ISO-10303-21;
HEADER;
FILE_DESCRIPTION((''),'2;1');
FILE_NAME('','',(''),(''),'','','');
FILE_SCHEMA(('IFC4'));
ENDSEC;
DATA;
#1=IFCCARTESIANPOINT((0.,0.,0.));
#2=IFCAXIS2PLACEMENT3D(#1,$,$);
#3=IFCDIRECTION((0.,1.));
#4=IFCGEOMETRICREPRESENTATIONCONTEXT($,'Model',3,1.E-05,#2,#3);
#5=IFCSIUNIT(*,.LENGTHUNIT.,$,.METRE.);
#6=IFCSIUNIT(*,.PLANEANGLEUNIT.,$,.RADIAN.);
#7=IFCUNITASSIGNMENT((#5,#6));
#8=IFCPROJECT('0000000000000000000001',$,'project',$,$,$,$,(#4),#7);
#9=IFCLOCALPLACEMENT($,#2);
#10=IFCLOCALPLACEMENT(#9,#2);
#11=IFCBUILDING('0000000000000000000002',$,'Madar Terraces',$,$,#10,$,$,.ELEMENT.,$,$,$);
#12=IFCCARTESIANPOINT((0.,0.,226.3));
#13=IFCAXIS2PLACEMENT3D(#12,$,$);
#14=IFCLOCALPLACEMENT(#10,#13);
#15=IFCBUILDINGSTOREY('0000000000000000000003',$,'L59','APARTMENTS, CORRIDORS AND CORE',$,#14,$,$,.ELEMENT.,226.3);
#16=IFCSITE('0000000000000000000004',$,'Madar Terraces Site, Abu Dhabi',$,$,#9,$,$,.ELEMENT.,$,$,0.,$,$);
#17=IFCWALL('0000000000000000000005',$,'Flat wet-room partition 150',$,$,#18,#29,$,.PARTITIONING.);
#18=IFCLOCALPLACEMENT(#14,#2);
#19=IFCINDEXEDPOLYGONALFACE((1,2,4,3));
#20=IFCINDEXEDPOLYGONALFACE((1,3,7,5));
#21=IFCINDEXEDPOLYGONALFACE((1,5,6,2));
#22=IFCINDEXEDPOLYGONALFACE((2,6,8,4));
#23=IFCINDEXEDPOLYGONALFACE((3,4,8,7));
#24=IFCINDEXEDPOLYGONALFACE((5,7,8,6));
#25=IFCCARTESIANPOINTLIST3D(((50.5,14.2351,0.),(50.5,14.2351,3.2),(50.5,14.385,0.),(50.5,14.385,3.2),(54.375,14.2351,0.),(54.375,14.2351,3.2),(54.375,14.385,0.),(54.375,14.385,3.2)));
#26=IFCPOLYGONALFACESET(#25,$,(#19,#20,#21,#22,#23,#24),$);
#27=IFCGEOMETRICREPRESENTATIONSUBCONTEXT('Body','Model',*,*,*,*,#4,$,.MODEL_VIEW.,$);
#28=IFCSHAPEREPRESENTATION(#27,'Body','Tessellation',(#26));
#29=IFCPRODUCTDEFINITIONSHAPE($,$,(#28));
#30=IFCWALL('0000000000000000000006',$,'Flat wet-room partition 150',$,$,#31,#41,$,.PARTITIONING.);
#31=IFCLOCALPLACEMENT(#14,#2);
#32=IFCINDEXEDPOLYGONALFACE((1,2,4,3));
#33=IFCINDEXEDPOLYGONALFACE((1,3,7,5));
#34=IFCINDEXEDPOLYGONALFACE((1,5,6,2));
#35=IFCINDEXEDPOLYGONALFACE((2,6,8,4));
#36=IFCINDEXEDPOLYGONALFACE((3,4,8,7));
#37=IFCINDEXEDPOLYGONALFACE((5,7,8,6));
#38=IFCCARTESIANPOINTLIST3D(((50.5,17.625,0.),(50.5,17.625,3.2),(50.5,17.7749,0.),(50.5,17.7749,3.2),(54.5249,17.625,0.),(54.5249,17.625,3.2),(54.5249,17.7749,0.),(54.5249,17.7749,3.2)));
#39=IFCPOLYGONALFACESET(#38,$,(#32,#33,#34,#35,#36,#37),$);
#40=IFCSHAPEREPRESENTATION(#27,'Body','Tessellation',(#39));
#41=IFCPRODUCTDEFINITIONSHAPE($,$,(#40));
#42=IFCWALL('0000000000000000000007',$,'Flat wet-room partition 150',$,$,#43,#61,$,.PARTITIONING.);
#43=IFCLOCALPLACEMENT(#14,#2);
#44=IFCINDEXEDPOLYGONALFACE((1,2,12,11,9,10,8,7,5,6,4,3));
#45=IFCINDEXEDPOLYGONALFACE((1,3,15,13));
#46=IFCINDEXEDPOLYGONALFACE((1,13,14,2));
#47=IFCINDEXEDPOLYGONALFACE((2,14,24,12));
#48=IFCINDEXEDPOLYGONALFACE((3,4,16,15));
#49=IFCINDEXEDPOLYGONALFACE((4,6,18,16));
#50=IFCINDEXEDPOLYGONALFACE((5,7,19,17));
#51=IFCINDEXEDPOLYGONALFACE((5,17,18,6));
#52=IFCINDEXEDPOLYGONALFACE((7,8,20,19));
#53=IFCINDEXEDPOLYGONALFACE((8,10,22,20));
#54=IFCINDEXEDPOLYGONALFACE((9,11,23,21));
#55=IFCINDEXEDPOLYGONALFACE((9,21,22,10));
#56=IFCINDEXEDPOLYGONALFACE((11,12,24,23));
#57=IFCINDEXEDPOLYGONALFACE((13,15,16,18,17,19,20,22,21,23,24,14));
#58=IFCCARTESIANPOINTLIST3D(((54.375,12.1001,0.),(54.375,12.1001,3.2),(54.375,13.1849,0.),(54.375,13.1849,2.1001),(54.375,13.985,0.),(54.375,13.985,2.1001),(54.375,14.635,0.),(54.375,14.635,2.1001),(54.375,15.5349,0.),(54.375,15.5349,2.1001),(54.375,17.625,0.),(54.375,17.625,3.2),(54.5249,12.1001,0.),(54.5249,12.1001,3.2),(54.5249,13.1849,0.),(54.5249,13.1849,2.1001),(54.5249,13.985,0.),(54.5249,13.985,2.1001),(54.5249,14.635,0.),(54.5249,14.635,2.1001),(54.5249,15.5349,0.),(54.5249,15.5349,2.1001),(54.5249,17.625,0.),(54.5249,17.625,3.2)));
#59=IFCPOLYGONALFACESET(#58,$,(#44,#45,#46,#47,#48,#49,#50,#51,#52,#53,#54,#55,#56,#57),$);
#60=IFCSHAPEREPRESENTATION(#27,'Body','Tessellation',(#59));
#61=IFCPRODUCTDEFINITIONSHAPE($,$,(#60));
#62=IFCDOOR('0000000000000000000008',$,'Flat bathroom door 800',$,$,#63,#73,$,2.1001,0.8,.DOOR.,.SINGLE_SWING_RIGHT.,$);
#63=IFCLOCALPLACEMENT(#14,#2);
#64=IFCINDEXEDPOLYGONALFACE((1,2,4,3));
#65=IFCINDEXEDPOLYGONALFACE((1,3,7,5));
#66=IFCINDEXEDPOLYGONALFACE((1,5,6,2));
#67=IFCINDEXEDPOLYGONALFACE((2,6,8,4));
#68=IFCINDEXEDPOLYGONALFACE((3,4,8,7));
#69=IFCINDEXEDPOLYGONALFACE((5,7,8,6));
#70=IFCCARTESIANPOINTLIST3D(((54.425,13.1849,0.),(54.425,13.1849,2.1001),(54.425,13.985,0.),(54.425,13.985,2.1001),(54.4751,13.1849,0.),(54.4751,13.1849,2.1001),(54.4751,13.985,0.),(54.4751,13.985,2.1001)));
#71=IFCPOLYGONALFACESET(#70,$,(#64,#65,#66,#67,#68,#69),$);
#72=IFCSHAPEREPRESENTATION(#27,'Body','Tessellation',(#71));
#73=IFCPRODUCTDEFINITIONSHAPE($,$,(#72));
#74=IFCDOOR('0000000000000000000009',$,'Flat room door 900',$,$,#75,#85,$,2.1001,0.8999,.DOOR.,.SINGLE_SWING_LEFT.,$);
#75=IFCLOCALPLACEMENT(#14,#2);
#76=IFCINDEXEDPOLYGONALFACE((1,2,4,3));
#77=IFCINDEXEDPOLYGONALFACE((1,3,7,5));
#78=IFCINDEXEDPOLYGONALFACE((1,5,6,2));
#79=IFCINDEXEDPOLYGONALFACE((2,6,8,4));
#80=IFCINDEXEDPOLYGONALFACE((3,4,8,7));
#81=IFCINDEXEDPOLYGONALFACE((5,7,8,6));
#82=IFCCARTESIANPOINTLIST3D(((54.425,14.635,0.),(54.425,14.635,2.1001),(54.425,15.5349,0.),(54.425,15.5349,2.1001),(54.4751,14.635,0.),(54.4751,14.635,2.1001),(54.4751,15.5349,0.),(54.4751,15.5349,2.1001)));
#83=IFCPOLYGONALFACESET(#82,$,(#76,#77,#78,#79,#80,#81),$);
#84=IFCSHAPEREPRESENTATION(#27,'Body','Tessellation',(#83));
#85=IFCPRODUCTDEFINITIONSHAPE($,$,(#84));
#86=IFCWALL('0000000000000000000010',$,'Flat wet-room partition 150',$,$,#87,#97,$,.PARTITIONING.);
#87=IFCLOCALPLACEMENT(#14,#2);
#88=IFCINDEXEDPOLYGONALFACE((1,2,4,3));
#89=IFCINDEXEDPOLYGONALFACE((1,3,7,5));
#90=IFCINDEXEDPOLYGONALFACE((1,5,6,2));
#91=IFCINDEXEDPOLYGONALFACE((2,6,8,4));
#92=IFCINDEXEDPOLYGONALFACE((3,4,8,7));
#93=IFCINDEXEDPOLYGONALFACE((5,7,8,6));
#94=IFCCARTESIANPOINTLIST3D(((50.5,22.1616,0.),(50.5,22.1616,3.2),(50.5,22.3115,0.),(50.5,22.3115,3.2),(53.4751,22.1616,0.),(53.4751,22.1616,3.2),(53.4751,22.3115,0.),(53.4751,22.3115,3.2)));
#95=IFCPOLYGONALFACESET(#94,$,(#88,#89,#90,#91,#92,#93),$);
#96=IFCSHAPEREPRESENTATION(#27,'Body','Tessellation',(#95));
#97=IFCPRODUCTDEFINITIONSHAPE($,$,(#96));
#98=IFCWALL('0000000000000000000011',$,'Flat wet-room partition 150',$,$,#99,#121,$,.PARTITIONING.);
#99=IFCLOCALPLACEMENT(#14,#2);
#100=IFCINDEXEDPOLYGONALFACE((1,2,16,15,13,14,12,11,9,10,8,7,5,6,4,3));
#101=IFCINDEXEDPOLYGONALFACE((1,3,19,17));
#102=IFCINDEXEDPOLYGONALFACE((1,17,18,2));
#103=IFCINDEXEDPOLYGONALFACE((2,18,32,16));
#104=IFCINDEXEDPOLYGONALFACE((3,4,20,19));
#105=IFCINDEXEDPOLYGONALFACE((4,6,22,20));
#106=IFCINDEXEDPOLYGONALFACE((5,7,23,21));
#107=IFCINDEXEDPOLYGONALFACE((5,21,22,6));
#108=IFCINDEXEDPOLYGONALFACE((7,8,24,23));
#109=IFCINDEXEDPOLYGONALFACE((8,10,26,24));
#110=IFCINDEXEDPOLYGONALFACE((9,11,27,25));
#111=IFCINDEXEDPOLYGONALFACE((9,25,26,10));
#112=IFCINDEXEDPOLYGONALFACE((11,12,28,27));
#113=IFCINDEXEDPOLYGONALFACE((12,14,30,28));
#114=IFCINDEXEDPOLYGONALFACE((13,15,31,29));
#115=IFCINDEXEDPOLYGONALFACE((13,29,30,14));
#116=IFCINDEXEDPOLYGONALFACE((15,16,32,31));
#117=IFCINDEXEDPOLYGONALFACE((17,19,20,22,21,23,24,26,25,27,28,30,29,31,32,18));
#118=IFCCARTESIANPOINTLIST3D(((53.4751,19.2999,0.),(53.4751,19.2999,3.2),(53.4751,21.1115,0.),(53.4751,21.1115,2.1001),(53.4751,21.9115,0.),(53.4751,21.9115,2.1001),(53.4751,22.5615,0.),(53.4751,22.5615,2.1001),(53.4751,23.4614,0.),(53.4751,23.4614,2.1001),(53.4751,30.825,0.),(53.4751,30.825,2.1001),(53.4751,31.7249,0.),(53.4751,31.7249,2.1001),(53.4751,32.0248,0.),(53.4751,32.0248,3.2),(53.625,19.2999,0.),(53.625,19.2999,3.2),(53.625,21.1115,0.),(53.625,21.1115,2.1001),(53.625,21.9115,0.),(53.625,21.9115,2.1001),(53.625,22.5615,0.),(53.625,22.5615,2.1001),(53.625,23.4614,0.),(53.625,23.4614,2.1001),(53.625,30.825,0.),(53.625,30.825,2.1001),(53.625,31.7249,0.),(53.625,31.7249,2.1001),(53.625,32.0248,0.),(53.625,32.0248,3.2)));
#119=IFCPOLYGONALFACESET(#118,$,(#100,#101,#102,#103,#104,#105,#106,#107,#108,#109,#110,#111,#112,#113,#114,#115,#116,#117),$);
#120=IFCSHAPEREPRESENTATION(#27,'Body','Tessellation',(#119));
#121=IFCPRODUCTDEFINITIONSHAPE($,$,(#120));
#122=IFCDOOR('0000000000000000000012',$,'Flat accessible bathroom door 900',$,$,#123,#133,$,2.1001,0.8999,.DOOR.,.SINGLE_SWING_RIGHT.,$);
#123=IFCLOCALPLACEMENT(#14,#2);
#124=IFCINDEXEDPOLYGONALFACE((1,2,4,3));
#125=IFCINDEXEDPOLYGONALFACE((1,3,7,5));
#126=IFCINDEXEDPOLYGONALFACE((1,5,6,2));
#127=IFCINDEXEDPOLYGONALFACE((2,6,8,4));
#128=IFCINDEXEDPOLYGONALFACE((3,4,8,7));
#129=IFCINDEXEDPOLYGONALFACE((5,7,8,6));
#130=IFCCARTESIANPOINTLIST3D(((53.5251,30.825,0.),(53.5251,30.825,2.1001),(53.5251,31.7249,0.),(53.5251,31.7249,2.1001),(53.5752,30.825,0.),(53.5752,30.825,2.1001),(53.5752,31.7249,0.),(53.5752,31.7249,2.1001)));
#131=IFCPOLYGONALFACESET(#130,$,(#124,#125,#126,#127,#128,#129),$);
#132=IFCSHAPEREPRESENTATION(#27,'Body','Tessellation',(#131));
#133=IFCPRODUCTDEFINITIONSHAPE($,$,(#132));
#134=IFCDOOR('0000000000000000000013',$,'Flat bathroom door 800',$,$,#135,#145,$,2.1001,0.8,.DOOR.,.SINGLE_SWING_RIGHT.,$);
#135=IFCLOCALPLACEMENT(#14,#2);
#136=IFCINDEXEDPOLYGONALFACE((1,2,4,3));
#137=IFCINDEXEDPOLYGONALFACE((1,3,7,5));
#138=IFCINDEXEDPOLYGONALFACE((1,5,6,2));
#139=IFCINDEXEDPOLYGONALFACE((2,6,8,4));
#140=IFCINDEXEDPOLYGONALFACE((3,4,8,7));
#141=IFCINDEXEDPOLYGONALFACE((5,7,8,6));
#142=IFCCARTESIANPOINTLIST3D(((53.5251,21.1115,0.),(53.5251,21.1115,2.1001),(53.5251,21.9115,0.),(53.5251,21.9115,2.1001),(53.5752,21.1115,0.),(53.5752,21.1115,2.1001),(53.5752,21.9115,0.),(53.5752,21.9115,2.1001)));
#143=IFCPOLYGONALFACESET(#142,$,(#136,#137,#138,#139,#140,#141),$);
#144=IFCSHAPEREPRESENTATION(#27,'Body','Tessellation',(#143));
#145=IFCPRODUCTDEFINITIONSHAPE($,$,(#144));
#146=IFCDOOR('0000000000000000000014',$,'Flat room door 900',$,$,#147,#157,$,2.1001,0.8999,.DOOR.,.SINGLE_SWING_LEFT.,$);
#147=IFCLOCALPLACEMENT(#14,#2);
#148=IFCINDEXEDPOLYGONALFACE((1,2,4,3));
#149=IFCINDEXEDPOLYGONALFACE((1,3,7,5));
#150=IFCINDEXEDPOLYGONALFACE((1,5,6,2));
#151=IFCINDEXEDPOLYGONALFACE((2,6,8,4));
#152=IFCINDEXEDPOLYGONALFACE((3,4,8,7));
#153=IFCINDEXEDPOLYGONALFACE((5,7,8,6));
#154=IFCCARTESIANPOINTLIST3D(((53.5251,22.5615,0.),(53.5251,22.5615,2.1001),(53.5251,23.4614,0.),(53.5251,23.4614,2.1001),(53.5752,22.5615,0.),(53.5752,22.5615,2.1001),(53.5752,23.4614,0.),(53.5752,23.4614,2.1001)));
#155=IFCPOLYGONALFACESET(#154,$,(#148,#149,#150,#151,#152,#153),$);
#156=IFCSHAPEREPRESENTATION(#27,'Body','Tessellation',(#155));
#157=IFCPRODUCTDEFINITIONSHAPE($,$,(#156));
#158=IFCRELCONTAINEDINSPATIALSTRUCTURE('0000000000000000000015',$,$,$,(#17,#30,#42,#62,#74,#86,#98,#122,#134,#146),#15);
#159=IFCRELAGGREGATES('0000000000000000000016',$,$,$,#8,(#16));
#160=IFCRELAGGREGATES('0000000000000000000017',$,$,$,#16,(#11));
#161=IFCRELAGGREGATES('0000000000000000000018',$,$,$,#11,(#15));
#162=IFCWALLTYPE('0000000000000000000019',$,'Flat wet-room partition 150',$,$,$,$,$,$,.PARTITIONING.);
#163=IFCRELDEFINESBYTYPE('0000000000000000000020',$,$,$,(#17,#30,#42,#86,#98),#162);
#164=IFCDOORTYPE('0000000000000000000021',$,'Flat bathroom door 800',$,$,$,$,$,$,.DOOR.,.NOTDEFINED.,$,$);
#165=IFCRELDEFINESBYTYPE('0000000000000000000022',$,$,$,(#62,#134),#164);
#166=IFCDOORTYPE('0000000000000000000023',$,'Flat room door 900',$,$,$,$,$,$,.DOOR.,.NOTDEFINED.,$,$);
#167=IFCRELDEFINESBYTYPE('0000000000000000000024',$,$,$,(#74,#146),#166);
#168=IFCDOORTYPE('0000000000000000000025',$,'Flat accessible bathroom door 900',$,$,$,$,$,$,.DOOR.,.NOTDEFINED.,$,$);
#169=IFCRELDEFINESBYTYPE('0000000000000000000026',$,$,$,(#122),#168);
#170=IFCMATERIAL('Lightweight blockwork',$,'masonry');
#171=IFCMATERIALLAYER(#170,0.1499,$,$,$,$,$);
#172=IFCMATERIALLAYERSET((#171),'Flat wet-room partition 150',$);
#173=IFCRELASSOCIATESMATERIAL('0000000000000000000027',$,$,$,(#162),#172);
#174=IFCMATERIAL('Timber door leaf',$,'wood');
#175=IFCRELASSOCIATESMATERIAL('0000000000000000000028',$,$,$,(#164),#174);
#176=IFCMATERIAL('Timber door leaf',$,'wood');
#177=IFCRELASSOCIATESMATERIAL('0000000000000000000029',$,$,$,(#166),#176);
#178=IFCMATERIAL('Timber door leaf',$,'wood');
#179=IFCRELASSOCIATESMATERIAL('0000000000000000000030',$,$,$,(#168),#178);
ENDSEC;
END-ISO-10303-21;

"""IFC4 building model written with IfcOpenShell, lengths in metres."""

from ifc_helpers import new_model, si_unit, direction, frame, frame_2d, origin, place, context, subcontext, project, spatial, rectangle, extrude, material, layer, layer_set, type_object, element, fill, save


model = new_model("IFC4")

# Units and contexts
model_context = context("Model", 3, precision=1e-05, world=origin(), true_north=direction((0.0, 1.0)))
body_context = subcontext(model_context, "Body", "Model", "MODEL_VIEW")
ifc_project = project(units=[si_unit("LENGTHUNIT", "METRE"), si_unit("PLANEANGLEUNIT", "RADIAN")], contexts=[model_context])

# Site, building, storey
site_placement = place(None, origin())
site = spatial("IfcSite", under=ifc_project, at=site_placement, Name="Madar Terraces Site, Abu Dhabi", CompositionType="ELEMENT", RefElevation=0.0)
building_placement = place(site_placement, origin())
building = spatial("IfcBuilding", under=site, at=building_placement, Name="Madar Terraces", CompositionType="ELEMENT")
storey_placement = place(building_placement, frame((0.0, 0.0, 226.3)))
storey = spatial("IfcBuildingStorey", under=building, at=storey_placement, Name="L59", Description="APARTMENTS, CORRIDORS AND CORE", CompositionType="ELEMENT", Elevation=226.3)

# Walls
ifc_material_1 = material(Name="Lightweight blockwork", Category="masonry")
ifc_layer_1 = layer(ifc_material_1, 0.1499)
ifc_layer_set_1 = layer_set([ifc_layer_1], Name="Flat wet-room partition 150")
wall_type_1 = type_object("IfcWallType", Name="Flat wet-room partition 150", PredefinedType="PARTITIONING", material=ifc_layer_set_1)
wall_1_placement = place(storey_placement, frame((50.5, 14.3101, 0.0), z_axis=(0.0, 0.0, 1.0), x_axis=(1.0, 0.0, 0.0)))
element("IfcWall", 1, at=wall_1_placement, inside=storey, type_object=wall_type_1, Name="Flat wet-room partition 150", PredefinedType="PARTITIONING", context=body_context, shape_type="SweptSolid", body=[
    extrude(rectangle(XDim=3.875, YDim=0.1499, at=frame_2d((1.9375, 0.0))), origin(), (0.0, 0.0, 1.0), 3.2),
])
wall_2_placement = place(storey_placement, frame((50.5, 17.7, 0.0), z_axis=(0.0, 0.0, 1.0), x_axis=(1.0, 0.0, 0.0)))
element("IfcWall", 2, at=wall_2_placement, inside=storey, type_object=wall_type_1, Name="Flat wet-room partition 150", PredefinedType="PARTITIONING", context=body_context, shape_type="SweptSolid", body=[
    extrude(rectangle(XDim=4.0249, YDim=0.1499, at=frame_2d((2.0125, 0.0))), origin(), (0.0, 0.0, 1.0), 3.2),
])

# Wall, openings, doors
wall_3_placement = place(storey_placement, frame((54.45, 12.1001, 0.0), z_axis=(0.0, 0.0, 1.0), x_axis=(0.0, 1.0, 0.0)))
wall_3 = element("IfcWall", 3, at=wall_3_placement, inside=storey, type_object=wall_type_1, Name="Flat wet-room partition 150", PredefinedType="PARTITIONING", context=body_context, shape_type="SweptSolid", body=[
    extrude(rectangle(XDim=5.5249, YDim=0.1499, at=frame_2d((2.7625, 0.0))), origin(), (0.0, 0.0, 1.0), 3.2),
])
opening_1_placement = place(wall_3_placement, frame((2.5349, 0.0, 0.0)))
opening_1 = element("IfcOpeningElement", 4, at=opening_1_placement, cuts=wall_3, PredefinedType="OPENING", context=body_context, shape_type="SweptSolid", body=[
    extrude(rectangle(XDim=0.8999, YDim=2.1001, at=frame_2d((0.45, 1.05))), frame((0.0, 0.085, 0.0), z_axis=(0.0, -1.0, 0.0), x_axis=(1.0, 0.0, 0.0)), (0.0, 0.0, 1.0), 0.1699),
])
opening_2_placement = place(wall_3_placement, frame((1.085, 0.0, 0.0)))
opening_2 = element("IfcOpeningElement", 5, at=opening_2_placement, cuts=wall_3, PredefinedType="OPENING", context=body_context, shape_type="SweptSolid", body=[
    extrude(rectangle(XDim=0.8, YDim=2.1001, at=frame_2d((0.3999, 1.05))), frame((0.0, 0.085, 0.0), z_axis=(0.0, -1.0, 0.0), x_axis=(1.0, 0.0, 0.0)), (0.0, 0.0, 1.0), 0.1699),
])
ifc_material_2 = material(Name="Timber door leaf", Category="wood")
door_type_1 = type_object("IfcDoorType", Name="Flat bathroom door 800", OperationType="NOTDEFINED", PredefinedType="DOOR", material=ifc_material_2)
door_1_placement = place(opening_2_placement, origin())
door_1 = element("IfcDoor", 6, at=door_1_placement, inside=storey, type_object=door_type_1, Name="Flat bathroom door 800", OperationType="SINGLE_SWING_RIGHT", OverallHeight=2.1001, OverallWidth=0.8, PredefinedType="DOOR", context=body_context, shape_type="SweptSolid", body=[
    extrude(rectangle(XDim=0.8, YDim=2.1001, at=frame_2d((0.3999, 1.05))), frame((0.0, 0.0249, 0.0), z_axis=(0.0, -1.0, 0.0), x_axis=(1.0, 0.0, 0.0)), (0.0, 0.0, 1.0), 0.05),
])
fill(opening_2, door_1)
ifc_material_3 = material(Name="Timber door leaf", Category="wood")
door_type_2 = type_object("IfcDoorType", Name="Flat room door 900", OperationType="NOTDEFINED", PredefinedType="DOOR", material=ifc_material_3)
door_2_placement = place(opening_1_placement, origin())
door_2 = element("IfcDoor", 7, at=door_2_placement, inside=storey, type_object=door_type_2, Name="Flat room door 900", OperationType="SINGLE_SWING_LEFT", OverallHeight=2.1001, OverallWidth=0.8999, PredefinedType="DOOR", context=body_context, shape_type="SweptSolid", body=[
    extrude(rectangle(XDim=0.8999, YDim=2.1001, at=frame_2d((0.45, 1.05))), frame((0.0, 0.0249, 0.0), z_axis=(0.0, -1.0, 0.0), x_axis=(1.0, 0.0, 0.0)), (0.0, 0.0, 1.0), 0.05),
])
fill(opening_1, door_2)

# Wall
wall_4_placement = place(storey_placement, frame((50.5, 22.2366, 0.0), z_axis=(0.0, 0.0, 1.0), x_axis=(1.0, 0.0, 0.0)))
element("IfcWall", 8, at=wall_4_placement, inside=storey, type_object=wall_type_1, Name="Flat wet-room partition 150", PredefinedType="PARTITIONING", context=body_context, shape_type="SweptSolid", body=[
    extrude(rectangle(XDim=2.9751, YDim=0.1499, at=frame_2d((1.4875, 0.0))), origin(), (0.0, 0.0, 1.0), 3.2),
])

# Wall, openings, doors
wall_5_placement = place(storey_placement, frame((53.55, 19.3, 0.0), z_axis=(0.0, 0.0, 1.0), x_axis=(0.0, 1.0, 0.0)))
wall_5 = element("IfcWall", 9, at=wall_5_placement, inside=storey, type_object=wall_type_1, Name="Flat wet-room partition 150", PredefinedType="PARTITIONING", context=body_context, shape_type="SweptSolid", body=[
    extrude(rectangle(XDim=12.7249, YDim=0.1499, at=frame_2d((6.3623, 0.0))), origin(), (0.0, 0.0, 1.0), 3.2),
])
opening_3_placement = place(wall_5_placement, frame((11.5249, 0.0, 0.0)))
opening_3 = element("IfcOpeningElement", 10, at=opening_3_placement, cuts=wall_5, PredefinedType="OPENING", context=body_context, shape_type="SweptSolid", body=[
    extrude(rectangle(XDim=0.8999, YDim=2.1001, at=frame_2d((0.45, 1.05))), frame((0.0, 0.085, 0.0), z_axis=(0.0, -1.0, 0.0), x_axis=(1.0, 0.0, 0.0)), (0.0, 0.0, 1.0), 0.1699),
])
opening_4_placement = place(wall_5_placement, frame((3.2615, 0.0, 0.0)))
opening_4 = element("IfcOpeningElement", 11, at=opening_4_placement, cuts=wall_5, PredefinedType="OPENING", context=body_context, shape_type="SweptSolid", body=[
    extrude(rectangle(XDim=0.8999, YDim=2.1001, at=frame_2d((0.45, 1.05))), frame((0.0, 0.085, 0.0), z_axis=(0.0, -1.0, 0.0), x_axis=(1.0, 0.0, 0.0)), (0.0, 0.0, 1.0), 0.1699),
])
opening_5_placement = place(wall_5_placement, frame((1.8115, 0.0, 0.0)))
opening_5 = element("IfcOpeningElement", 12, at=opening_5_placement, cuts=wall_5, PredefinedType="OPENING", context=body_context, shape_type="SweptSolid", body=[
    extrude(rectangle(XDim=0.8, YDim=2.1001, at=frame_2d((0.3999, 1.05))), frame((0.0, 0.085, 0.0), z_axis=(0.0, -1.0, 0.0), x_axis=(1.0, 0.0, 0.0)), (0.0, 0.0, 1.0), 0.1699),
])
ifc_material_4 = material(Name="Timber door leaf", Category="wood")
door_type_3 = type_object("IfcDoorType", Name="Flat accessible bathroom door 900", OperationType="NOTDEFINED", PredefinedType="DOOR", material=ifc_material_4)
door_3_placement = place(opening_3_placement, origin())
door_3 = element("IfcDoor", 13, at=door_3_placement, inside=storey, type_object=door_type_3, Name="Flat accessible bathroom door 900", OperationType="SINGLE_SWING_RIGHT", OverallHeight=2.1001, OverallWidth=0.8999, PredefinedType="DOOR", context=body_context, shape_type="SweptSolid", body=[
    extrude(rectangle(XDim=0.8999, YDim=2.1001, at=frame_2d((0.45, 1.05))), frame((0.0, 0.0249, 0.0), z_axis=(0.0, -1.0, 0.0), x_axis=(1.0, 0.0, 0.0)), (0.0, 0.0, 1.0), 0.05),
])
fill(opening_3, door_3)
door_4_placement = place(opening_5_placement, origin())
door_4 = element("IfcDoor", 14, at=door_4_placement, inside=storey, type_object=door_type_1, Name="Flat bathroom door 800", OperationType="SINGLE_SWING_RIGHT", OverallHeight=2.1001, OverallWidth=0.8, PredefinedType="DOOR", context=body_context, shape_type="SweptSolid", body=[
    extrude(rectangle(XDim=0.8, YDim=2.1001, at=frame_2d((0.3999, 1.05))), frame((0.0, 0.0249, 0.0), z_axis=(0.0, -1.0, 0.0), x_axis=(1.0, 0.0, 0.0)), (0.0, 0.0, 1.0), 0.05),
])
fill(opening_5, door_4)
door_5_placement = place(opening_4_placement, origin())
door_5 = element("IfcDoor", 15, at=door_5_placement, inside=storey, type_object=door_type_2, Name="Flat room door 900", OperationType="SINGLE_SWING_LEFT", OverallHeight=2.1001, OverallWidth=0.8999, PredefinedType="DOOR", context=body_context, shape_type="SweptSolid", body=[
    extrude(rectangle(XDim=0.8999, YDim=2.1001, at=frame_2d((0.45, 1.05))), frame((0.0, 0.0249, 0.0), z_axis=(0.0, -1.0, 0.0), x_axis=(1.0, 0.0, 0.0)), (0.0, 0.0, 1.0), 0.05),
])
fill(opening_4, door_5)

save(model, "model.ifc")
